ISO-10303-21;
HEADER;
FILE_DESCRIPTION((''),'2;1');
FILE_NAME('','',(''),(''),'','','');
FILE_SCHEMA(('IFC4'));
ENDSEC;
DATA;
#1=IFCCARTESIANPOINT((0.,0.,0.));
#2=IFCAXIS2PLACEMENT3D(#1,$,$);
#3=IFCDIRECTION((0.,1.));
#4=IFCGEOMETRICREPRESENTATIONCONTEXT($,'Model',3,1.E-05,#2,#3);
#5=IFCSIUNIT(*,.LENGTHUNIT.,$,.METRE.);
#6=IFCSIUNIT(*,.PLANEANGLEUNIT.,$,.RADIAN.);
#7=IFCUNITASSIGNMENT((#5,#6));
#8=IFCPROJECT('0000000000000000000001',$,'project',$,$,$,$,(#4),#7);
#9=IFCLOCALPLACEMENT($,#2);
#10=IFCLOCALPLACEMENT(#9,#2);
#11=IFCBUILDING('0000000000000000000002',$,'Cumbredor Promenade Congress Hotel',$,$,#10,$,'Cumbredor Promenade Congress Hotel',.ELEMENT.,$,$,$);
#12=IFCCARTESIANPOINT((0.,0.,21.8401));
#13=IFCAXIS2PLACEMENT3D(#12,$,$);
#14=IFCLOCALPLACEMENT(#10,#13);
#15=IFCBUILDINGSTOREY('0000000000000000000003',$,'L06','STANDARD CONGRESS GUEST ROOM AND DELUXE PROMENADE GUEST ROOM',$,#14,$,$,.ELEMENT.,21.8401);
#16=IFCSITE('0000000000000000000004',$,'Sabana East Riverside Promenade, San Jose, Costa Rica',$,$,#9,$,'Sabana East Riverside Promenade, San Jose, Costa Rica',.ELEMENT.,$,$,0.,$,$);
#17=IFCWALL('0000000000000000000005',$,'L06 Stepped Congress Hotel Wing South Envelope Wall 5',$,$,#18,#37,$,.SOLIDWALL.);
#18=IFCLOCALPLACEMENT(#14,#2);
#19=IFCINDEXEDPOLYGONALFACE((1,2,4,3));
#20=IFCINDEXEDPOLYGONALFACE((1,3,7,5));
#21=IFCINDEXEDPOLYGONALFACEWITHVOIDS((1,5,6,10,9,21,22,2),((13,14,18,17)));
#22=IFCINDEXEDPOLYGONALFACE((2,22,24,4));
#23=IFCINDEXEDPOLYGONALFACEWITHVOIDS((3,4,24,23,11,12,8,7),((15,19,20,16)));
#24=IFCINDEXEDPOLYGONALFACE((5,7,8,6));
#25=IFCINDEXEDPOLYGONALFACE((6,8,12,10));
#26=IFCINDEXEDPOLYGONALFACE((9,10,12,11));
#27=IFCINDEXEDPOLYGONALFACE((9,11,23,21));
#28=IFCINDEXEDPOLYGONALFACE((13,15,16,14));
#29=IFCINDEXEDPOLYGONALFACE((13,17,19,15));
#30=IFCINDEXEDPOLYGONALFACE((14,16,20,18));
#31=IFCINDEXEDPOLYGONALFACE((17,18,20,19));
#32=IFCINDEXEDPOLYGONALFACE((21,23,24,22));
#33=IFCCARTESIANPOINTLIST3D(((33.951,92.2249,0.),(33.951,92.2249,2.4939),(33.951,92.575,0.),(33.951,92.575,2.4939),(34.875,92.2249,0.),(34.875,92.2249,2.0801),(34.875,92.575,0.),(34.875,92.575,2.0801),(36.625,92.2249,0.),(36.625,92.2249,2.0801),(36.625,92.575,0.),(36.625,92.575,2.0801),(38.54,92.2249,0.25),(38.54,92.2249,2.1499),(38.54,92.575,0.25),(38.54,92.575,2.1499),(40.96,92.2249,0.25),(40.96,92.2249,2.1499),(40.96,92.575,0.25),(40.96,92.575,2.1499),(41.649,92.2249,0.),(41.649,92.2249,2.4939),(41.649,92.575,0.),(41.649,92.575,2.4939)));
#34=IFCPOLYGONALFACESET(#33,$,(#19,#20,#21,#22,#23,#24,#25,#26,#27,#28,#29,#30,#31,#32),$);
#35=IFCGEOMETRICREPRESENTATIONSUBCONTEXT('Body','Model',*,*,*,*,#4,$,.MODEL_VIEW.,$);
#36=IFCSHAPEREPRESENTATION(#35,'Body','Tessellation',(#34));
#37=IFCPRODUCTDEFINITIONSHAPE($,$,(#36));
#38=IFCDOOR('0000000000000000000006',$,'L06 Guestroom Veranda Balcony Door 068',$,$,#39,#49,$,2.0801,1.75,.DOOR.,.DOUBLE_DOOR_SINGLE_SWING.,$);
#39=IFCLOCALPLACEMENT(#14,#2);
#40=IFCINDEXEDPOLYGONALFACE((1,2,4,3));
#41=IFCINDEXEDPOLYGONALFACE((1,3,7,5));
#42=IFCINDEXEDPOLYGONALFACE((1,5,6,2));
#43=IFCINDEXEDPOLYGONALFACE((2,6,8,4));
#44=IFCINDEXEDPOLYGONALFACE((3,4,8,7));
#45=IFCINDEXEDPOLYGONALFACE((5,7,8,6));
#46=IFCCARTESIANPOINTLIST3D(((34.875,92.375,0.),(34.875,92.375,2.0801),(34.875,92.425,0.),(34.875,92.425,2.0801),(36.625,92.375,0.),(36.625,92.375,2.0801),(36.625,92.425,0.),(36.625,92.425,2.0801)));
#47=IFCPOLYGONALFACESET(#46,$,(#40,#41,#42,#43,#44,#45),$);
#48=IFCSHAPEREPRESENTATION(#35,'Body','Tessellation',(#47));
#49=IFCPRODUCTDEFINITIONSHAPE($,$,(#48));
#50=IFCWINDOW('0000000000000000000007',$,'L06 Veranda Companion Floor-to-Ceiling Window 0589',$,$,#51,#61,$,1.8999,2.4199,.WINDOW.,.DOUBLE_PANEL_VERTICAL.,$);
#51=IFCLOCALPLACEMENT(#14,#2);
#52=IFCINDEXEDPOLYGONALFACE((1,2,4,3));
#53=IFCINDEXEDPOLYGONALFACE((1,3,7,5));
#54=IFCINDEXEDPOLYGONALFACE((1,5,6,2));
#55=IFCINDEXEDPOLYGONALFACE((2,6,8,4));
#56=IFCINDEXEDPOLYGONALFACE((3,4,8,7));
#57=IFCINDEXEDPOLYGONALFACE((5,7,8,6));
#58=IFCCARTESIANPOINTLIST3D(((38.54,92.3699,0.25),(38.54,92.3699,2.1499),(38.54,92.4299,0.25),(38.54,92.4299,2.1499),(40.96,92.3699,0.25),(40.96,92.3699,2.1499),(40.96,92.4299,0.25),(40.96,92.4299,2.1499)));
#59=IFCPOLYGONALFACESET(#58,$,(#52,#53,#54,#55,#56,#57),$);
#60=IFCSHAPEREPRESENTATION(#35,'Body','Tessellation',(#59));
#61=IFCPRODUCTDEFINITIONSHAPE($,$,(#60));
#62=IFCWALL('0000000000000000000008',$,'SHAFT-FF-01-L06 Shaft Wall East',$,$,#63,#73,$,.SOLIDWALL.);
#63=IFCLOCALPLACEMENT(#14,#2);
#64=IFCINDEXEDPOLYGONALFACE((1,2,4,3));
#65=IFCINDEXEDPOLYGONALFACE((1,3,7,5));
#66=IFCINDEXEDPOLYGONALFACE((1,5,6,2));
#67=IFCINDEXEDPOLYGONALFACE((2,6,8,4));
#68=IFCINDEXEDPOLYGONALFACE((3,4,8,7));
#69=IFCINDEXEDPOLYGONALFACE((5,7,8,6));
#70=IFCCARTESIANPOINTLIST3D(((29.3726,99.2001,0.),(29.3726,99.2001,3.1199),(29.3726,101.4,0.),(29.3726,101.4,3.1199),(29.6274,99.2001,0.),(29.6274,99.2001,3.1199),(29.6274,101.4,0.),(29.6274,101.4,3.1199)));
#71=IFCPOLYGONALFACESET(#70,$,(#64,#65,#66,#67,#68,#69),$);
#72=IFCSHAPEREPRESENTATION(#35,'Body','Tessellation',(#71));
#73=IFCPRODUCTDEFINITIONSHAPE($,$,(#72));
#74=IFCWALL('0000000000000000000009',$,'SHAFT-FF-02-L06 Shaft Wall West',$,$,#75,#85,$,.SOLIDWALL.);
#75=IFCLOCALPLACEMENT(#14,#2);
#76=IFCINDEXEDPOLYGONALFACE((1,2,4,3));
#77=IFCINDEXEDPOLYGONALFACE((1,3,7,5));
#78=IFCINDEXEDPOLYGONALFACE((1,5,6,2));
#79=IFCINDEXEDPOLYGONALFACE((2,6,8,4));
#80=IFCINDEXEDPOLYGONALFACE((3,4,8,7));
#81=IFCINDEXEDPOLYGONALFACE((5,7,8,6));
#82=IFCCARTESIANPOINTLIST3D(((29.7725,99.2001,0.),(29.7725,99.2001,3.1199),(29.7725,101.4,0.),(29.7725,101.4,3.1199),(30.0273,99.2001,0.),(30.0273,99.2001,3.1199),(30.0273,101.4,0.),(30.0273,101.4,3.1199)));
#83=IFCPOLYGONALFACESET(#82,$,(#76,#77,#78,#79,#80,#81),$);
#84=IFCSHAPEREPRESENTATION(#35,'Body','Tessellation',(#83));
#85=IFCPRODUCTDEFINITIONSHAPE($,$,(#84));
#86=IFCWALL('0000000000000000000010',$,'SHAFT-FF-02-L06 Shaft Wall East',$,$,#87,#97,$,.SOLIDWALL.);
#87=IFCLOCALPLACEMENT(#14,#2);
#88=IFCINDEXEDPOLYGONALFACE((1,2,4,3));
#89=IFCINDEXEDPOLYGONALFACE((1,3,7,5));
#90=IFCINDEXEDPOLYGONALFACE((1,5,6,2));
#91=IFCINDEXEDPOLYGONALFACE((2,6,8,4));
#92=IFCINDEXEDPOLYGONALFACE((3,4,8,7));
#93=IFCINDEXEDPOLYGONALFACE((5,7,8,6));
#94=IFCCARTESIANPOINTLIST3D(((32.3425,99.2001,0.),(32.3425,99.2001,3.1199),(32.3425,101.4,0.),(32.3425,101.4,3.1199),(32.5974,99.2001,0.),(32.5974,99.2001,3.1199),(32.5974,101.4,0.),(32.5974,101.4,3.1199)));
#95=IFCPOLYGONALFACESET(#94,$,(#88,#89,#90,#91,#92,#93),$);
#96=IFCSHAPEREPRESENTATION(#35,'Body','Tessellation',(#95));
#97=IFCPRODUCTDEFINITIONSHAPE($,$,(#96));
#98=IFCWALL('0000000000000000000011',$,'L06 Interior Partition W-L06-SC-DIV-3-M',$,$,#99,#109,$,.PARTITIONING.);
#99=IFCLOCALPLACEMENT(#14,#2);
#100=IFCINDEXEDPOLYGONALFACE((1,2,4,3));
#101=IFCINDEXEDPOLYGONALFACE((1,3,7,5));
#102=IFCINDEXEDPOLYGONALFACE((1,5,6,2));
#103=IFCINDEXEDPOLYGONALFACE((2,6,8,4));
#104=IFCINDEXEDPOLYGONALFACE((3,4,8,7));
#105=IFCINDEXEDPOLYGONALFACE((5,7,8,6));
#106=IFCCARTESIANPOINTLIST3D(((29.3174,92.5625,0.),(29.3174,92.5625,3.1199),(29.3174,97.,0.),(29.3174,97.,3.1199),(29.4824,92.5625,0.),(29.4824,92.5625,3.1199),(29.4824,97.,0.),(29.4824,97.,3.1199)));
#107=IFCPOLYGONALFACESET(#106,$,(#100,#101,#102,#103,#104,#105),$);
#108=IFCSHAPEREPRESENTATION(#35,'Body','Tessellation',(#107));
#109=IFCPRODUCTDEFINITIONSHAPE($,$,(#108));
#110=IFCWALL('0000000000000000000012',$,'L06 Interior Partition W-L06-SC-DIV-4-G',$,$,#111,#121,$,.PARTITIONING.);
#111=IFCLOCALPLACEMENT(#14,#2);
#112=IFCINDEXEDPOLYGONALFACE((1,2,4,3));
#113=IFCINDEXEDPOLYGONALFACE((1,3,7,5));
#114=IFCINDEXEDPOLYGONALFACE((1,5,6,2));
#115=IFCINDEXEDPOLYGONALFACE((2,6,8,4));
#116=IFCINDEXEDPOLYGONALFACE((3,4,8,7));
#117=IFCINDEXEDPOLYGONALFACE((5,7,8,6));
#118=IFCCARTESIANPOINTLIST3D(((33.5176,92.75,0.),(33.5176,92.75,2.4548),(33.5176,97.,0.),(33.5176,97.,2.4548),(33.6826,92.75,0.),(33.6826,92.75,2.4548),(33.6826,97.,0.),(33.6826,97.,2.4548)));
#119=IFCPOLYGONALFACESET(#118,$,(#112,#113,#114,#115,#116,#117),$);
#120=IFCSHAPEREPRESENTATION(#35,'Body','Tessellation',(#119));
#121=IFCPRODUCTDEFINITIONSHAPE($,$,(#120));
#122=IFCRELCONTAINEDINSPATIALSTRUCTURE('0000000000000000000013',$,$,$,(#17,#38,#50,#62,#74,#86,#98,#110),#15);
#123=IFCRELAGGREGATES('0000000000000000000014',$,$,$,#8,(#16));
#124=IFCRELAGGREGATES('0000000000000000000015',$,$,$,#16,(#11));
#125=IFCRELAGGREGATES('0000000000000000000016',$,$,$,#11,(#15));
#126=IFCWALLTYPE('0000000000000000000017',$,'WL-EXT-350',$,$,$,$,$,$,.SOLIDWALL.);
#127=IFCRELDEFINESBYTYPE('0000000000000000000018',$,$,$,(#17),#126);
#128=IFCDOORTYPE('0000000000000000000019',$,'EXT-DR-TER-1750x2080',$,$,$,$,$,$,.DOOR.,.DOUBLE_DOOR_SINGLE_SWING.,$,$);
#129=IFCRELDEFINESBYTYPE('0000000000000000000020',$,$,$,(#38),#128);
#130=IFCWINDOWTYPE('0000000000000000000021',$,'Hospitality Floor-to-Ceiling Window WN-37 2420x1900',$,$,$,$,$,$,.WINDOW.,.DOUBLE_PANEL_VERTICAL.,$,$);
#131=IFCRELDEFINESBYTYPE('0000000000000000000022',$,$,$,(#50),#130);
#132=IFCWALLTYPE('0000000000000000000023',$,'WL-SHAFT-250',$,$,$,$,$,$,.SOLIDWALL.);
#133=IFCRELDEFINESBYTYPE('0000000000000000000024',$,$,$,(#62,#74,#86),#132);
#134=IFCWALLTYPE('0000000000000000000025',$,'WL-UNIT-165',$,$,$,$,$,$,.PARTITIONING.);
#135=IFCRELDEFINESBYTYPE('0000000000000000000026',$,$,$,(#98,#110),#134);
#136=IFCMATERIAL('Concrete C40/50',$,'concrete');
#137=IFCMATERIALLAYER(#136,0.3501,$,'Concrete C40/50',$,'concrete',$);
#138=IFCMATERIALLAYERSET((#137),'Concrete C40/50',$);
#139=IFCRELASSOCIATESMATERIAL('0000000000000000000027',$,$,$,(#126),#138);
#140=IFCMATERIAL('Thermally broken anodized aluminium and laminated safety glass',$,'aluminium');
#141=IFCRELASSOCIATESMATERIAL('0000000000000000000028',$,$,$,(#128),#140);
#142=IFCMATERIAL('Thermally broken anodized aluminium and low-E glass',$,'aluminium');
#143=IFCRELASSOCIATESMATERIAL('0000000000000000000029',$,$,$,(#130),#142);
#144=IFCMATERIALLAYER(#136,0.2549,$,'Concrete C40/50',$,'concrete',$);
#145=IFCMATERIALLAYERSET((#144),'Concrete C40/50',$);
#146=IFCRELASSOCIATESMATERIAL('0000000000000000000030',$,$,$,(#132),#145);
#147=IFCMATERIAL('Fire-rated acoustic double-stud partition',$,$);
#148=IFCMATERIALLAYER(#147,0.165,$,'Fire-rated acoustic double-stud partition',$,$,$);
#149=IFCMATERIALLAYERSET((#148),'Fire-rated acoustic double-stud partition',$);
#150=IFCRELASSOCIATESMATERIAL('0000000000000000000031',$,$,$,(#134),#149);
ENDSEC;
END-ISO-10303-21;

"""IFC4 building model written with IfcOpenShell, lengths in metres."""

from ifc_helpers import new_model, si_unit, direction, frame, frame_2d, origin, place, context, subcontext, project, spatial, rectangle, extrude, material, layer, layer_set, type_object, element, fill, save


model = new_model("IFC4")

# Units and contexts
model_context = context("Model", 3, precision=1e-05, world=origin(), true_north=direction((0.0, 1.0)))
body_context = subcontext(model_context, "Body", "Model", "MODEL_VIEW")
ifc_project = project(units=[si_unit("LENGTHUNIT", "METRE"), si_unit("PLANEANGLEUNIT", "RADIAN")], contexts=[model_context])

# Site, building, storey
site_placement = place(None, origin())
site = spatial("IfcSite", under=ifc_project, at=site_placement, Name="Sabana East Riverside Promenade, San Jose, Costa Rica", LongName="Sabana East Riverside Promenade, San Jose, Costa Rica", CompositionType="ELEMENT", RefElevation=0.0)
building_placement = place(site_placement, origin())
building = spatial("IfcBuilding", under=site, at=building_placement, Name="Cumbredor Promenade Congress Hotel", LongName="Cumbredor Promenade Congress Hotel", CompositionType="ELEMENT")
storey_placement = place(building_placement, frame((0.0, 0.0, 21.8401)))
storey = spatial("IfcBuildingStorey", under=building, at=storey_placement, Name="L06", Description="STANDARD CONGRESS GUEST ROOM AND DELUXE PROMENADE GUEST ROOM", CompositionType="ELEMENT", Elevation=21.8401)

# Shared definitions
ifc_material_1 = material(Name="Concrete C40/50", Category="concrete")

# Wall, openings, door, window
ifc_layer_1 = layer(ifc_material_1, 0.3501, Name="Concrete C40/50", Category="concrete")
ifc_layer_set_1 = layer_set([ifc_layer_1], Name="Concrete C40/50")
wall_type_1 = type_object("IfcWallType", Name="WL-EXT-350", PredefinedType="SOLIDWALL", material=ifc_layer_set_1)
wall_1_placement = place(storey_placement, frame((33.9509, 92.3999, 0.0), z_axis=(0.0, 0.0, 1.0), x_axis=(1.0, 0.0, 0.0)))
wall_1 = element("IfcWall", 1, at=wall_1_placement, inside=storey, type_object=wall_type_1, Name="L06 Stepped Congress Hotel Wing South Envelope Wall 5", PredefinedType="SOLIDWALL", context=body_context, shape_type="SweptSolid", body=[
    extrude(rectangle(XDim=7.698, YDim=0.3501, at=frame_2d((3.8491, 0.0))), origin(), (0.0, 0.0, 1.0), 2.4939),
])
opening_1_placement = place(wall_1_placement, frame((0.9241, 0.0, 0.0)))
opening_1 = element("IfcOpeningElement", 2, at=opening_1_placement, cuts=wall_1, PredefinedType="OPENING", context=body_context, shape_type="SweptSolid", body=[
    extrude(rectangle(XDim=1.75, YDim=2.0801, at=frame_2d((0.875, 1.04))), frame((0.0, 0.1851, 0.0), z_axis=(0.0, -1.0, 0.0), x_axis=(1.0, 0.0, 0.0)), (0.0, 0.0, 1.0), 0.3701),
])
opening_2_placement = place(wall_1_placement, frame((4.5891, 0.0, 0.25)))
opening_2 = element("IfcOpeningElement", 3, at=opening_2_placement, cuts=wall_1, PredefinedType="OPENING", context=body_context, shape_type="SweptSolid", body=[
    extrude(rectangle(XDim=2.4199, YDim=1.8999, at=frame_2d((1.21, 0.95))), frame((0.0, 0.1851, 0.0), z_axis=(0.0, -1.0, 0.0), x_axis=(1.0, 0.0, 0.0)), (0.0, 0.0, 1.0), 0.3701),
])
ifc_material_2 = material(Name="Thermally broken anodized aluminium and laminated safety glass", Category="aluminium")
door_type_1 = type_object("IfcDoorType", Name="EXT-DR-TER-1750x2080", OperationType="DOUBLE_DOOR_SINGLE_SWING", PredefinedType="DOOR", material=ifc_material_2)
door_1_placement = place(opening_1_placement, frame((1.75, 0.0, 0.0), z_axis=(0.0, 0.0, 1.0), x_axis=(-1.0, 0.0, 0.0)))
door_1 = element("IfcDoor", 4, at=door_1_placement, inside=storey, type_object=door_type_1, Name="L06 Guestroom Veranda Balcony Door 068", OperationType="DOUBLE_DOOR_SINGLE_SWING", OverallHeight=2.0801, OverallWidth=1.75, PredefinedType="DOOR", context=body_context, shape_type="SweptSolid", body=[
    extrude(rectangle(XDim=1.75, YDim=2.0801, at=frame_2d((0.875, 1.04))), frame((0.0, 0.0249, 0.0), z_axis=(0.0, -1.0, 0.0), x_axis=(1.0, 0.0, 0.0)), (0.0, 0.0, 1.0), 0.05),
])
fill(opening_1, door_1)
ifc_material_3 = material(Name="Thermally broken anodized aluminium and low-E glass", Category="aluminium")
window_type = type_object("IfcWindowType", Name="Hospitality Floor-to-Ceiling Window WN-37 2420x1900", PartitioningType="DOUBLE_PANEL_VERTICAL", PredefinedType="WINDOW", material=ifc_material_3)
window_placement = place(opening_2_placement, origin())
window = element("IfcWindow", 5, at=window_placement, inside=storey, type_object=window_type, Name="L06 Veranda Companion Floor-to-Ceiling Window 0589", OverallHeight=1.8999, OverallWidth=2.4199, PartitioningType="DOUBLE_PANEL_VERTICAL", PredefinedType="WINDOW", context=body_context, shape_type="SweptSolid", body=[
    extrude(rectangle(XDim=2.4199, YDim=1.8999, at=frame_2d((1.21, 0.95))), frame((0.0, 0.03, 0.0), z_axis=(0.0, -1.0, 0.0), x_axis=(1.0, 0.0, 0.0)), (0.0, 0.0, 1.0), 0.0601),
])
fill(opening_2, window)

# Walls
ifc_layer_2 = layer(ifc_material_1, 0.2549, Name="Concrete C40/50", Category="concrete")
ifc_layer_set_2 = layer_set([ifc_layer_2], Name="Concrete C40/50")
wall_type_2 = type_object("IfcWallType", Name="WL-SHAFT-250", PredefinedType="SOLIDWALL", material=ifc_layer_set_2)
for number, where, z_axis, x_axis, name in (
    (6, (29.5, 99.2, 0.0), (0.0, 0.0, 1.0), (0.0, 1.0, 0.0), "SHAFT-FF-01-L06 Shaft Wall East"),
    (7, (29.8999, 99.2, 0.0), (0.0, 0.0, 1.0), (0.0, 1.0, 0.0), "SHAFT-FF-02-L06 Shaft Wall West"),
    (8, (32.47, 99.2, 0.0), (0.0, 0.0, 1.0), (0.0, 1.0, 0.0), "SHAFT-FF-02-L06 Shaft Wall East"),
):
    element("IfcWall", number, at=place(storey_placement, frame(where, z_axis=z_axis, x_axis=x_axis)), inside=storey, type_object=wall_type_2, Name=name, PredefinedType="SOLIDWALL", context=body_context, shape_type="SweptSolid", body=[
        extrude(rectangle(XDim=2.2, YDim=0.2549, at=frame_2d((1.1001, 0.0))), origin(), (0.0, 0.0, 1.0), 3.1199),
    ])
ifc_material_4 = material(Name="Fire-rated acoustic double-stud partition")
ifc_layer_3 = layer(ifc_material_4, 0.165, Name="Fire-rated acoustic double-stud partition")
ifc_layer_set_3 = layer_set([ifc_layer_3], Name="Fire-rated acoustic double-stud partition")
wall_type_3 = type_object("IfcWallType", Name="WL-UNIT-165", PredefinedType="PARTITIONING", material=ifc_layer_set_3)
wall_2_placement = place(storey_placement, frame((29.3999, 92.5625, 0.0), z_axis=(0.0, 0.0, 1.0), x_axis=(0.0, 1.0, 0.0)))
element("IfcWall", 9, at=wall_2_placement, inside=storey, type_object=wall_type_3, Name="L06 Interior Partition W-L06-SC-DIV-3-M", PredefinedType="PARTITIONING", context=body_context, shape_type="SweptSolid", body=[
    extrude(rectangle(XDim=4.4375, YDim=0.165, at=frame_2d((2.2188, 0.0))), origin(), (0.0, 0.0, 1.0), 3.1199),
])
wall_3_placement = place(storey_placement, frame((33.6001, 92.75, 0.0), z_axis=(0.0, 0.0, 1.0), x_axis=(0.0, 1.0, 0.0)))
element("IfcWall", 10, at=wall_3_placement, inside=storey, type_object=wall_type_3, Name="L06 Interior Partition W-L06-SC-DIV-4-G", PredefinedType="PARTITIONING", context=body_context, shape_type="SweptSolid", body=[
    extrude(rectangle(XDim=4.25, YDim=0.165, at=frame_2d((2.125, 0.0))), origin(), (0.0, 0.0, 1.0), 2.4548),
])

save(model, "model.ifc")
